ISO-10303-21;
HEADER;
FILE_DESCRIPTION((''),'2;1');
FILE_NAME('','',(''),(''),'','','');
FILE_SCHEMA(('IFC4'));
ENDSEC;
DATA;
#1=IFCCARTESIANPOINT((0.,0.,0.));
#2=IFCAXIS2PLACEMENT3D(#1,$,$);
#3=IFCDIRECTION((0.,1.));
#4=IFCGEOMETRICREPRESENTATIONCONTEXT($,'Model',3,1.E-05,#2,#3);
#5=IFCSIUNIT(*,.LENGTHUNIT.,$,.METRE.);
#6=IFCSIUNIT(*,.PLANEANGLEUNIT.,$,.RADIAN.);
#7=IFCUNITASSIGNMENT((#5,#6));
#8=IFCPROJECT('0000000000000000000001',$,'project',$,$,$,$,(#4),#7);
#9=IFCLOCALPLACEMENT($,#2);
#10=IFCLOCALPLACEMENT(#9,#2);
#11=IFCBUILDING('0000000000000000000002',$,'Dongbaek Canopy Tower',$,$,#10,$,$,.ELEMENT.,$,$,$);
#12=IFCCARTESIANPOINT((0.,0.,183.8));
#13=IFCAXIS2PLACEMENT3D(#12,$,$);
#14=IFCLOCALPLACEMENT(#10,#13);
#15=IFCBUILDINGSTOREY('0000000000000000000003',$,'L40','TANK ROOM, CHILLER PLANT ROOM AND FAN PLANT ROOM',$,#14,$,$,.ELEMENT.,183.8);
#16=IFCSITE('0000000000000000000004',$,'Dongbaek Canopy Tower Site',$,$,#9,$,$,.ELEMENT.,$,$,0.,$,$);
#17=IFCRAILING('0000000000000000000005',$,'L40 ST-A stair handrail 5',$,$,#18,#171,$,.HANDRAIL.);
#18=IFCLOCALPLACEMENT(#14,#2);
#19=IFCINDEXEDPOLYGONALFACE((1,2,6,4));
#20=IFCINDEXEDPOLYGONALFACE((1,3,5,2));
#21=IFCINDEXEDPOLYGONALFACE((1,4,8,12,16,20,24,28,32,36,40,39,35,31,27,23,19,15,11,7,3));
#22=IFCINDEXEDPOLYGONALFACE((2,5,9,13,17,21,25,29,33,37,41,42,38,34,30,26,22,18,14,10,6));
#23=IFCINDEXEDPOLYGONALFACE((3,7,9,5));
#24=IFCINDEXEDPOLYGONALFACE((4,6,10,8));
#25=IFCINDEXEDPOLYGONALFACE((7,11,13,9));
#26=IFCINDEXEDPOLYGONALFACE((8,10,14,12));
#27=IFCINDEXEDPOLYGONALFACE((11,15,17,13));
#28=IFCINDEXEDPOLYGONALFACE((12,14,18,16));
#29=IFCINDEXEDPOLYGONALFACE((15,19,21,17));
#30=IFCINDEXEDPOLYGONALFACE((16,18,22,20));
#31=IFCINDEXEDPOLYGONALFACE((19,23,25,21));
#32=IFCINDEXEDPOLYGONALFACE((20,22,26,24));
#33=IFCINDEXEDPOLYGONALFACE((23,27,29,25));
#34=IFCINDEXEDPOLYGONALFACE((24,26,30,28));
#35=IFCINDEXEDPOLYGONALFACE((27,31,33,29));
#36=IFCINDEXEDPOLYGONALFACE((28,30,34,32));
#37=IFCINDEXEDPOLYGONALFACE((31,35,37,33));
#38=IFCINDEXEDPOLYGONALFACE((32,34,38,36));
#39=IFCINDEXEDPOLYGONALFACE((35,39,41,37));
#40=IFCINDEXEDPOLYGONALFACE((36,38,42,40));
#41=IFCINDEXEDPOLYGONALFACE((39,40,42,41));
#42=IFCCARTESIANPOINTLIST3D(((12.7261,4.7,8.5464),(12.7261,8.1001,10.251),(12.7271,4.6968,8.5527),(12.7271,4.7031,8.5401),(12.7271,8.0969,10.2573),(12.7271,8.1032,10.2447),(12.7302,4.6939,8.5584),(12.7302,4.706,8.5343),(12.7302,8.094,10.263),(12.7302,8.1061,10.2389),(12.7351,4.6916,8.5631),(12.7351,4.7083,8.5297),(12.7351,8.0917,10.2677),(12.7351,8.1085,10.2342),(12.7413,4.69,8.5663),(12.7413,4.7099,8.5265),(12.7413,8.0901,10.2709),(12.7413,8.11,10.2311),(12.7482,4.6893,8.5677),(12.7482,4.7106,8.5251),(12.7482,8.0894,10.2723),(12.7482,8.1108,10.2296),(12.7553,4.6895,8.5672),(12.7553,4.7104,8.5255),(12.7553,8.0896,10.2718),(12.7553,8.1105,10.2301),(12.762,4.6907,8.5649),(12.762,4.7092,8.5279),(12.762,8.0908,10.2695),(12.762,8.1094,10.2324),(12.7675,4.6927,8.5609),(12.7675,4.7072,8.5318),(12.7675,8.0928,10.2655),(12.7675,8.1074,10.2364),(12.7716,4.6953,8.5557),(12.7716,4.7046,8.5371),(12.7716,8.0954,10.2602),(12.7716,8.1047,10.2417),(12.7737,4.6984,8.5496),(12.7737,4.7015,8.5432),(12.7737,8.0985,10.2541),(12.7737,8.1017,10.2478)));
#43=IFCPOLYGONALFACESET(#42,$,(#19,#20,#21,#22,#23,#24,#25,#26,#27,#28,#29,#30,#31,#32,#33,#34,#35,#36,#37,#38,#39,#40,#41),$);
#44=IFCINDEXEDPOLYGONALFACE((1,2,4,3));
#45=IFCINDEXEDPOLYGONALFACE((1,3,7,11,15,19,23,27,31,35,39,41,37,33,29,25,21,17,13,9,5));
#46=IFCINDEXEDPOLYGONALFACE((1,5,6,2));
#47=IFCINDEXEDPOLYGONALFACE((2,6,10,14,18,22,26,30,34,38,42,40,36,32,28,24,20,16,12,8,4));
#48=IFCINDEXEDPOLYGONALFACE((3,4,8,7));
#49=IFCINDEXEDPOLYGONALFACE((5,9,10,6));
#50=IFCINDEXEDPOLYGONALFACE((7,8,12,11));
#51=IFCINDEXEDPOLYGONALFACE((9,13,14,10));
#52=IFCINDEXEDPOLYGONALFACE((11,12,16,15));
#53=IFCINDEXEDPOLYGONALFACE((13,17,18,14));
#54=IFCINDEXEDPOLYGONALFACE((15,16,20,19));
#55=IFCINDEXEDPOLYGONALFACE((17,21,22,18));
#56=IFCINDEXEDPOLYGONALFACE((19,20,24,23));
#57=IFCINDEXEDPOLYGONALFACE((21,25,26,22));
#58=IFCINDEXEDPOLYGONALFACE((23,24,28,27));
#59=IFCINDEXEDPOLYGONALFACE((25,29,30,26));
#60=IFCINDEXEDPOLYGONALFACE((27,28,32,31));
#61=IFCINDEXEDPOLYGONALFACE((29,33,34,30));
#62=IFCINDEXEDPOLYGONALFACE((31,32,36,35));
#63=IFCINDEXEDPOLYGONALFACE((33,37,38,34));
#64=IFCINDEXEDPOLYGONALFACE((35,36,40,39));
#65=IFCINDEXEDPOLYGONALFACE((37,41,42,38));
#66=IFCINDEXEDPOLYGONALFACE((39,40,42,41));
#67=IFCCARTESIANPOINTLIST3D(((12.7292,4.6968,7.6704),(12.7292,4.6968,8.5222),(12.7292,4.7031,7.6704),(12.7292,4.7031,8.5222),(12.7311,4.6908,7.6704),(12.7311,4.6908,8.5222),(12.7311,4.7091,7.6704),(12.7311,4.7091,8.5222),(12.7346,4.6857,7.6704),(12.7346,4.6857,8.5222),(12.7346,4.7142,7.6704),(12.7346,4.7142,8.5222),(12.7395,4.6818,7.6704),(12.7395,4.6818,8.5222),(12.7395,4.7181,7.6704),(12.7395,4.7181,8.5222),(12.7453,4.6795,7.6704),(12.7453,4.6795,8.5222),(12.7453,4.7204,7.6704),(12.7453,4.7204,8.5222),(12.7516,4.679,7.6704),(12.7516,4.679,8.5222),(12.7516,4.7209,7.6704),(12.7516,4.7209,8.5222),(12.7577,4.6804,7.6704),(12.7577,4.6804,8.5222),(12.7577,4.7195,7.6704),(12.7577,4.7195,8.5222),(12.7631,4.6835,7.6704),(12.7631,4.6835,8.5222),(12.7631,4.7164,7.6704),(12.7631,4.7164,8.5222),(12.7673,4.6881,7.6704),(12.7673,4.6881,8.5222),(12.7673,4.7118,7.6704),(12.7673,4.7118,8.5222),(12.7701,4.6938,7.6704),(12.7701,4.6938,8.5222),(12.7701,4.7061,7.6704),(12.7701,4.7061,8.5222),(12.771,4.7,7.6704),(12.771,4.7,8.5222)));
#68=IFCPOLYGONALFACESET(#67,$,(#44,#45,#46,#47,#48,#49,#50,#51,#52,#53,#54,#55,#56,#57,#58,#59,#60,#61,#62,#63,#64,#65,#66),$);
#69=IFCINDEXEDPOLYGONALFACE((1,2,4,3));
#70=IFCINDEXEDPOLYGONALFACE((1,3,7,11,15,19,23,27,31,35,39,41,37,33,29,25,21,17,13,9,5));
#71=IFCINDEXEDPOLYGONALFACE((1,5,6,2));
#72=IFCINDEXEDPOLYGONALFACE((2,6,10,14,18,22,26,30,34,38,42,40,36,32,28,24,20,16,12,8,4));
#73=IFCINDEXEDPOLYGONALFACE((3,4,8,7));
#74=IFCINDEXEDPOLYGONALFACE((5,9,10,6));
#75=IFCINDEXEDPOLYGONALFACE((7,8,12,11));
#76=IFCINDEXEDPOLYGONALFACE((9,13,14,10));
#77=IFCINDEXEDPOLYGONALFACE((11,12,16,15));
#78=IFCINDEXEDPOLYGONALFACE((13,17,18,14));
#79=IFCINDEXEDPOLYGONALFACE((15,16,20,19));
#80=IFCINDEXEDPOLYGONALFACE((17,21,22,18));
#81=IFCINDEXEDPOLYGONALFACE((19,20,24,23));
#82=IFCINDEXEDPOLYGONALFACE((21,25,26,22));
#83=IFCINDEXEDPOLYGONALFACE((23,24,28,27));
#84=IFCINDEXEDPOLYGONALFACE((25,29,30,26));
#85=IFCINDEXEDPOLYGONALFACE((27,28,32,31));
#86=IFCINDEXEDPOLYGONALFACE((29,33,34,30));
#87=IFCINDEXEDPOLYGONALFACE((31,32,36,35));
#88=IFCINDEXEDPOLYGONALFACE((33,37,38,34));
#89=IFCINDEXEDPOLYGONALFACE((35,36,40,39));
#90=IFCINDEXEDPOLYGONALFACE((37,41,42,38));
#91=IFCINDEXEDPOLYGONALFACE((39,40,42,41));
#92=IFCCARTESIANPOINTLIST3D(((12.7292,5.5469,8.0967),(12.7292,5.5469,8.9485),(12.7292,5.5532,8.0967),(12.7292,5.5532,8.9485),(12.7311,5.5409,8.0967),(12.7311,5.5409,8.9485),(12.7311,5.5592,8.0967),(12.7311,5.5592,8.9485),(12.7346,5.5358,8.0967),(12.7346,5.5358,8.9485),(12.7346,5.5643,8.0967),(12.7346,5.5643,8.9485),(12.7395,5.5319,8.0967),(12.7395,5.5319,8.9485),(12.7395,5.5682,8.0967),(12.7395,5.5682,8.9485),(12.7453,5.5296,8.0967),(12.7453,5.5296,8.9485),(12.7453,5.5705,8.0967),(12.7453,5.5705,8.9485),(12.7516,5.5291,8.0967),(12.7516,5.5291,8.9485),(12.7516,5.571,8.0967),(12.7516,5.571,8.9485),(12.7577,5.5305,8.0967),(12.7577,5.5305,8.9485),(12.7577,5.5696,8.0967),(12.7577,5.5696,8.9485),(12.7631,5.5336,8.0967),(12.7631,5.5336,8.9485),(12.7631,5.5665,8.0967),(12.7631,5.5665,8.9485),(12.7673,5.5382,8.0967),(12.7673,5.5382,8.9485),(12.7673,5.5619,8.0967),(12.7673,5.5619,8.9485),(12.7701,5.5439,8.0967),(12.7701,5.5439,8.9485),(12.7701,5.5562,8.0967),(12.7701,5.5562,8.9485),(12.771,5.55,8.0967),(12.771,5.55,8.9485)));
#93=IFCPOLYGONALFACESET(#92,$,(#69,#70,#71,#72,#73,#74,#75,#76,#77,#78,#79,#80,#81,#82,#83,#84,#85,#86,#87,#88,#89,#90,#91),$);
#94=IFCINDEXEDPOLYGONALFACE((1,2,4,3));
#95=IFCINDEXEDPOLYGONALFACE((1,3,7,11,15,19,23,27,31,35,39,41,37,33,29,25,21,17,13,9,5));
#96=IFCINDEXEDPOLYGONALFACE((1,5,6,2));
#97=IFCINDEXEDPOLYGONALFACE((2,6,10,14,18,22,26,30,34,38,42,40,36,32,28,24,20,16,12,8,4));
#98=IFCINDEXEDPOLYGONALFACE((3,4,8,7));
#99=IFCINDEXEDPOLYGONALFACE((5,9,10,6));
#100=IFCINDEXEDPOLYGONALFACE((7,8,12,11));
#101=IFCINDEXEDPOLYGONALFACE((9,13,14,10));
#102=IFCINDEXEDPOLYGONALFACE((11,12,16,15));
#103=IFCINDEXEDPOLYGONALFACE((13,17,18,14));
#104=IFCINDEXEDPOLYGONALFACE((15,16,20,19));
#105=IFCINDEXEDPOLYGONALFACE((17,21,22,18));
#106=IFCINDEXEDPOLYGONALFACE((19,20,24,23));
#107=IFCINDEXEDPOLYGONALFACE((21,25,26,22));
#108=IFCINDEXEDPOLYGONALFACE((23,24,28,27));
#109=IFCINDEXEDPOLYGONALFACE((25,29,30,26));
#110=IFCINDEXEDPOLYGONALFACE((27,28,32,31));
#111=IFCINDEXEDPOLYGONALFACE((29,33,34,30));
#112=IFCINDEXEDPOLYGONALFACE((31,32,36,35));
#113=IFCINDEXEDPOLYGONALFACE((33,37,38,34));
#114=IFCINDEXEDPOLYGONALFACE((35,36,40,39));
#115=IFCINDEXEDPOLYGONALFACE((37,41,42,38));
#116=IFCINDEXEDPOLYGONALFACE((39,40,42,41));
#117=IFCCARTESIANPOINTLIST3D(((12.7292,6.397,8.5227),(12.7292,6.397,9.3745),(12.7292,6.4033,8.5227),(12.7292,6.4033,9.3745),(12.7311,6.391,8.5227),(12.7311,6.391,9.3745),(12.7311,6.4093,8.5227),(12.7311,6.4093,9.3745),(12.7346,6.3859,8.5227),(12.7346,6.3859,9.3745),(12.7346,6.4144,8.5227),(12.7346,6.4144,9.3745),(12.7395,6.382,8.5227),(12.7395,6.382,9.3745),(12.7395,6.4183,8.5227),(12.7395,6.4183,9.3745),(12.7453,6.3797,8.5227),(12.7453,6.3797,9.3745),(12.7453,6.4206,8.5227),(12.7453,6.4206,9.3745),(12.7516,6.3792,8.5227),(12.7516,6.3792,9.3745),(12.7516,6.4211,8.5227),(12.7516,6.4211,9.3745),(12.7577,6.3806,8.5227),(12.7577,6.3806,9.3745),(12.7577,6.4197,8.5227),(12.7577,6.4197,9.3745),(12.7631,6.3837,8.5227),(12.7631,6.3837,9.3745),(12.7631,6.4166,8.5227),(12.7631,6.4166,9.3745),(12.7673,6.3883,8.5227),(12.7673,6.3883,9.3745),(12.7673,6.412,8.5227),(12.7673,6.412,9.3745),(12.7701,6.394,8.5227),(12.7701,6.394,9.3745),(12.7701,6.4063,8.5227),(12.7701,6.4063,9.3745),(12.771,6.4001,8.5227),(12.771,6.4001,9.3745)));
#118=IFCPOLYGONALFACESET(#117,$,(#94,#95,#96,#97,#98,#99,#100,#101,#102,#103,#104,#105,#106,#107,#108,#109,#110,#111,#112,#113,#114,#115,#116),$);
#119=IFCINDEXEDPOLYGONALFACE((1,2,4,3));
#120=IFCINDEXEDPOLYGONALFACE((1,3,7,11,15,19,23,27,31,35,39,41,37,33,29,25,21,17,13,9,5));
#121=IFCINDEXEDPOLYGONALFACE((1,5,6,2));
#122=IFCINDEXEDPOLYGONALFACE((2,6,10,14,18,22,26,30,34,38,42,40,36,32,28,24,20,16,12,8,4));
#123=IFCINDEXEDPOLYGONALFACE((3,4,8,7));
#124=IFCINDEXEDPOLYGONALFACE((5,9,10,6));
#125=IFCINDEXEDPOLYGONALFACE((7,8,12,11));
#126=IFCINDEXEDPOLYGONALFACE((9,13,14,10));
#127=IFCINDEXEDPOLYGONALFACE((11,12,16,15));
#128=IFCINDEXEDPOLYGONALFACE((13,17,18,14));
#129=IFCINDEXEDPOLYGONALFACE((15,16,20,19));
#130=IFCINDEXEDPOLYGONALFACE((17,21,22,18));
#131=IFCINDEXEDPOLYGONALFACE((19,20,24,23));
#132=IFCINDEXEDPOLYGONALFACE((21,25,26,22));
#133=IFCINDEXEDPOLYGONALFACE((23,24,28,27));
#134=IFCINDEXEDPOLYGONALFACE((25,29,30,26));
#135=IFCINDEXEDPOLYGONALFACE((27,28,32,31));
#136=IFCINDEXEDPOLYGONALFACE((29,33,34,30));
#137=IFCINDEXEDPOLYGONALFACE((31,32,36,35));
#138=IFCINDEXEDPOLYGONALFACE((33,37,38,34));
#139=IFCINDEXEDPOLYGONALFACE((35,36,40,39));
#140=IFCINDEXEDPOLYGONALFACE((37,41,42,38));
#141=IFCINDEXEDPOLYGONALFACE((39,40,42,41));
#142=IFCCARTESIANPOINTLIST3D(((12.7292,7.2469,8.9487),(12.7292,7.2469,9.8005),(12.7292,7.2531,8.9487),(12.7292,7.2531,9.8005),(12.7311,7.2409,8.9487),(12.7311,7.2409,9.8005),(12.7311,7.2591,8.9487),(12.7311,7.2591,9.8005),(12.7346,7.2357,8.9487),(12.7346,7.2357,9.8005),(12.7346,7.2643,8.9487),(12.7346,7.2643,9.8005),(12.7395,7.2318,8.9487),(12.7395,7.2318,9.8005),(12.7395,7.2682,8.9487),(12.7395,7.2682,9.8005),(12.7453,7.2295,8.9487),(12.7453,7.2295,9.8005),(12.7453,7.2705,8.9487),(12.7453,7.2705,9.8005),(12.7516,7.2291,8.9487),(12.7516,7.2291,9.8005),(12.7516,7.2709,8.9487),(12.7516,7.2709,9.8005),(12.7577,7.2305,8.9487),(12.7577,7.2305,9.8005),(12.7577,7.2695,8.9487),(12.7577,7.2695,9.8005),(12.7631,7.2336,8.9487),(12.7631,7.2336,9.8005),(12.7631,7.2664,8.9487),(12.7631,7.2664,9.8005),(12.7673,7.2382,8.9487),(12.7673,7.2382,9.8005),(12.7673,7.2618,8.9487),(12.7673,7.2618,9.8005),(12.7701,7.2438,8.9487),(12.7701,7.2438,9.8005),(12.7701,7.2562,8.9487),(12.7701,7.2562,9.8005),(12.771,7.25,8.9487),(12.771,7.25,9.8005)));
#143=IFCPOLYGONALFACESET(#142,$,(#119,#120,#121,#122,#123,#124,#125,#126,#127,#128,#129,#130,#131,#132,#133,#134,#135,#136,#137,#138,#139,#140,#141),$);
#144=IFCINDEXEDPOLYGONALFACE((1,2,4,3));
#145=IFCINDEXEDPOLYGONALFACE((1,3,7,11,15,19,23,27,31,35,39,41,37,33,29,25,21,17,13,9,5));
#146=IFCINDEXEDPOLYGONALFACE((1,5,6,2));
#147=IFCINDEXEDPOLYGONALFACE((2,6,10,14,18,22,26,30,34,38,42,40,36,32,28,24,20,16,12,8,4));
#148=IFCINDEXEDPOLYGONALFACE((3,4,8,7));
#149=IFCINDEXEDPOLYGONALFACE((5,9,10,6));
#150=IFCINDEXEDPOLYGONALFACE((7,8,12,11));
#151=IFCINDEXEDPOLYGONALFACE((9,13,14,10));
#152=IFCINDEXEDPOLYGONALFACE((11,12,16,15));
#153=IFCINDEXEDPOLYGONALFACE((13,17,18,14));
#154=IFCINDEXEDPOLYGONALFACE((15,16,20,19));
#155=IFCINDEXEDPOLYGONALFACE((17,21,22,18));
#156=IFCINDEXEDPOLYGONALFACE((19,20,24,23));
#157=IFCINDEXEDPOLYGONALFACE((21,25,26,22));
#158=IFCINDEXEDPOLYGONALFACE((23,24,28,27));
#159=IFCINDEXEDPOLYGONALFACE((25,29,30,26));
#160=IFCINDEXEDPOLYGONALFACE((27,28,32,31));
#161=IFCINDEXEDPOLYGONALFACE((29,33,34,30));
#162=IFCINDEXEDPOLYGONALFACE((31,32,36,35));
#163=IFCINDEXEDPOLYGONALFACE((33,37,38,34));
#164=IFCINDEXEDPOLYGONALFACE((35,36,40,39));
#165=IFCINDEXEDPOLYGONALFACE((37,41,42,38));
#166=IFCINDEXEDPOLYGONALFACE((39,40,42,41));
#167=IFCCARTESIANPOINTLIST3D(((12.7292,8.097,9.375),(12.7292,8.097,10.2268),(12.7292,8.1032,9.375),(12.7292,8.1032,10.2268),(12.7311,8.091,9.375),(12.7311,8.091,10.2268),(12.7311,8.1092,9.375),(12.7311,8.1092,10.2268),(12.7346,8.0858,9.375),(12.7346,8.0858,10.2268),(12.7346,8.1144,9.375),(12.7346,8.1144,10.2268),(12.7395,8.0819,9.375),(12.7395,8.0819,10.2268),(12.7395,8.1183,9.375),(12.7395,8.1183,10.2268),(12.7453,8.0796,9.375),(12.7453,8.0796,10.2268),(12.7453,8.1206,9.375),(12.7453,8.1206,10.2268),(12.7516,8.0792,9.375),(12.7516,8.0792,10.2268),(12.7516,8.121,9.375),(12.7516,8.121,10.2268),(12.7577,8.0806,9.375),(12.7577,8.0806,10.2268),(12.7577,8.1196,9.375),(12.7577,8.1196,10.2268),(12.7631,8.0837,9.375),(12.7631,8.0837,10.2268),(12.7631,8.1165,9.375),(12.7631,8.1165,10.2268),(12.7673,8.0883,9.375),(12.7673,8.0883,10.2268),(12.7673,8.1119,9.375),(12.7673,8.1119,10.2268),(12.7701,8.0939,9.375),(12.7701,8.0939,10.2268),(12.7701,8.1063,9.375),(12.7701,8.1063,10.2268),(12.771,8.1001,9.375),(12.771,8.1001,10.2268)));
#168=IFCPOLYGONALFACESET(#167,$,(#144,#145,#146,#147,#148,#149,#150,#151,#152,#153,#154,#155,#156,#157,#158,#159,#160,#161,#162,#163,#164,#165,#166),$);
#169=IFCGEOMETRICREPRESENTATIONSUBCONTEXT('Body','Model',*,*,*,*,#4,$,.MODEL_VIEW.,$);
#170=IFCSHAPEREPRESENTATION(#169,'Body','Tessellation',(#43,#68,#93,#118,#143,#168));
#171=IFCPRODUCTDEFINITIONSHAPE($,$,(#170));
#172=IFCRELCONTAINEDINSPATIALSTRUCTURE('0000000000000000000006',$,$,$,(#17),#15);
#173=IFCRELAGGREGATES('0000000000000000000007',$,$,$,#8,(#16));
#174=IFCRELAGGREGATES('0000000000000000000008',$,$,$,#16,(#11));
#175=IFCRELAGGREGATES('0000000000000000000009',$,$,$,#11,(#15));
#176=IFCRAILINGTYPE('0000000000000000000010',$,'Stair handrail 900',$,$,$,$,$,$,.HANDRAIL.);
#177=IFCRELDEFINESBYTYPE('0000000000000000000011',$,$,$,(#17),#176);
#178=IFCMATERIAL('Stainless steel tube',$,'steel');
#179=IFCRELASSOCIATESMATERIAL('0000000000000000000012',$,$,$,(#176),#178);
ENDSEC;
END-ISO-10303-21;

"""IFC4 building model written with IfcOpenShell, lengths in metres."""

from ifc_helpers import new_model, si_unit, direction, frame, origin, origin_2d, place, context, subcontext, project, spatial, circle, extrude, material, type_object, element, save


model = new_model("IFC4")

# Units and contexts
model_context = context("Model", 3, precision=1e-05, world=origin(), true_north=direction((0.0, 1.0)))
body_context = subcontext(model_context, "Body", "Model", "MODEL_VIEW")
ifc_project = project(units=[si_unit("LENGTHUNIT", "METRE"), si_unit("PLANEANGLEUNIT", "RADIAN")], contexts=[model_context])

# Site, building, storey
site_placement = place(None, origin())
site = spatial("IfcSite", under=ifc_project, at=site_placement, Name="Dongbaek Canopy Tower Site", CompositionType="ELEMENT", RefElevation=0.0)
building_placement = place(site_placement, origin())
building = spatial("IfcBuilding", under=site, at=building_placement, Name="Dongbaek Canopy Tower", CompositionType="ELEMENT")
storey_placement = place(building_placement, frame((0.0, 0.0, 183.8)))
storey = spatial("IfcBuildingStorey", under=building, at=storey_placement, Name="L40", Description="TANK ROOM, CHILLER PLANT ROOM AND FAN PLANT ROOM", CompositionType="ELEMENT", Elevation=183.8)

# Railing
ifc_material_1 = material(Name="Stainless steel tube", Category="steel")
railing_type_1 = type_object("IfcRailingType", Name="Stair handrail 900", PredefinedType="HANDRAIL", material=ifc_material_1)
for number, where, name in (
    (1, (12.75, 4.7, 7.6704), "L40 ST-A stair handrail 5"),
):
    element("IfcRailing", number, at=place(storey_placement, frame(where)), inside=storey, type_object=railing_type_1, Name=name, PredefinedType="HANDRAIL", context=body_context, shape_type="SweptSolid", body=[
        extrude(circle(Radius=0.0239, at=origin_2d()), frame((0.0, 0.0, 0.876), z_axis=(0.0, 0.893952, 0.448163), x_axis=(-1.0, 0.0, 0.0)), (0.0, 0.0, 1.0), 3.8035),
        extrude(circle(Radius=0.021, at=origin_2d()), origin(), (0.0, 0.0, 1.0), 0.8518),
        extrude(circle(Radius=0.021, at=origin_2d()), frame((0.0, 0.8501, 0.4263)), (0.0, 0.0, 1.0), 0.8518),
        extrude(circle(Radius=0.021, at=origin_2d()), frame((0.0, 1.7002, 0.8523)), (0.0, 0.0, 1.0), 0.8518),
        extrude(circle(Radius=0.021, at=origin_2d()), frame((0.0, 2.55, 1.2783)), (0.0, 0.0, 1.0), 0.8518),
        extrude(circle(Radius=0.021, at=origin_2d()), frame((0.0, 3.4001, 1.7046)), (0.0, 0.0, 1.0), 0.8518),
    ])

save(model, "model.ifc")
